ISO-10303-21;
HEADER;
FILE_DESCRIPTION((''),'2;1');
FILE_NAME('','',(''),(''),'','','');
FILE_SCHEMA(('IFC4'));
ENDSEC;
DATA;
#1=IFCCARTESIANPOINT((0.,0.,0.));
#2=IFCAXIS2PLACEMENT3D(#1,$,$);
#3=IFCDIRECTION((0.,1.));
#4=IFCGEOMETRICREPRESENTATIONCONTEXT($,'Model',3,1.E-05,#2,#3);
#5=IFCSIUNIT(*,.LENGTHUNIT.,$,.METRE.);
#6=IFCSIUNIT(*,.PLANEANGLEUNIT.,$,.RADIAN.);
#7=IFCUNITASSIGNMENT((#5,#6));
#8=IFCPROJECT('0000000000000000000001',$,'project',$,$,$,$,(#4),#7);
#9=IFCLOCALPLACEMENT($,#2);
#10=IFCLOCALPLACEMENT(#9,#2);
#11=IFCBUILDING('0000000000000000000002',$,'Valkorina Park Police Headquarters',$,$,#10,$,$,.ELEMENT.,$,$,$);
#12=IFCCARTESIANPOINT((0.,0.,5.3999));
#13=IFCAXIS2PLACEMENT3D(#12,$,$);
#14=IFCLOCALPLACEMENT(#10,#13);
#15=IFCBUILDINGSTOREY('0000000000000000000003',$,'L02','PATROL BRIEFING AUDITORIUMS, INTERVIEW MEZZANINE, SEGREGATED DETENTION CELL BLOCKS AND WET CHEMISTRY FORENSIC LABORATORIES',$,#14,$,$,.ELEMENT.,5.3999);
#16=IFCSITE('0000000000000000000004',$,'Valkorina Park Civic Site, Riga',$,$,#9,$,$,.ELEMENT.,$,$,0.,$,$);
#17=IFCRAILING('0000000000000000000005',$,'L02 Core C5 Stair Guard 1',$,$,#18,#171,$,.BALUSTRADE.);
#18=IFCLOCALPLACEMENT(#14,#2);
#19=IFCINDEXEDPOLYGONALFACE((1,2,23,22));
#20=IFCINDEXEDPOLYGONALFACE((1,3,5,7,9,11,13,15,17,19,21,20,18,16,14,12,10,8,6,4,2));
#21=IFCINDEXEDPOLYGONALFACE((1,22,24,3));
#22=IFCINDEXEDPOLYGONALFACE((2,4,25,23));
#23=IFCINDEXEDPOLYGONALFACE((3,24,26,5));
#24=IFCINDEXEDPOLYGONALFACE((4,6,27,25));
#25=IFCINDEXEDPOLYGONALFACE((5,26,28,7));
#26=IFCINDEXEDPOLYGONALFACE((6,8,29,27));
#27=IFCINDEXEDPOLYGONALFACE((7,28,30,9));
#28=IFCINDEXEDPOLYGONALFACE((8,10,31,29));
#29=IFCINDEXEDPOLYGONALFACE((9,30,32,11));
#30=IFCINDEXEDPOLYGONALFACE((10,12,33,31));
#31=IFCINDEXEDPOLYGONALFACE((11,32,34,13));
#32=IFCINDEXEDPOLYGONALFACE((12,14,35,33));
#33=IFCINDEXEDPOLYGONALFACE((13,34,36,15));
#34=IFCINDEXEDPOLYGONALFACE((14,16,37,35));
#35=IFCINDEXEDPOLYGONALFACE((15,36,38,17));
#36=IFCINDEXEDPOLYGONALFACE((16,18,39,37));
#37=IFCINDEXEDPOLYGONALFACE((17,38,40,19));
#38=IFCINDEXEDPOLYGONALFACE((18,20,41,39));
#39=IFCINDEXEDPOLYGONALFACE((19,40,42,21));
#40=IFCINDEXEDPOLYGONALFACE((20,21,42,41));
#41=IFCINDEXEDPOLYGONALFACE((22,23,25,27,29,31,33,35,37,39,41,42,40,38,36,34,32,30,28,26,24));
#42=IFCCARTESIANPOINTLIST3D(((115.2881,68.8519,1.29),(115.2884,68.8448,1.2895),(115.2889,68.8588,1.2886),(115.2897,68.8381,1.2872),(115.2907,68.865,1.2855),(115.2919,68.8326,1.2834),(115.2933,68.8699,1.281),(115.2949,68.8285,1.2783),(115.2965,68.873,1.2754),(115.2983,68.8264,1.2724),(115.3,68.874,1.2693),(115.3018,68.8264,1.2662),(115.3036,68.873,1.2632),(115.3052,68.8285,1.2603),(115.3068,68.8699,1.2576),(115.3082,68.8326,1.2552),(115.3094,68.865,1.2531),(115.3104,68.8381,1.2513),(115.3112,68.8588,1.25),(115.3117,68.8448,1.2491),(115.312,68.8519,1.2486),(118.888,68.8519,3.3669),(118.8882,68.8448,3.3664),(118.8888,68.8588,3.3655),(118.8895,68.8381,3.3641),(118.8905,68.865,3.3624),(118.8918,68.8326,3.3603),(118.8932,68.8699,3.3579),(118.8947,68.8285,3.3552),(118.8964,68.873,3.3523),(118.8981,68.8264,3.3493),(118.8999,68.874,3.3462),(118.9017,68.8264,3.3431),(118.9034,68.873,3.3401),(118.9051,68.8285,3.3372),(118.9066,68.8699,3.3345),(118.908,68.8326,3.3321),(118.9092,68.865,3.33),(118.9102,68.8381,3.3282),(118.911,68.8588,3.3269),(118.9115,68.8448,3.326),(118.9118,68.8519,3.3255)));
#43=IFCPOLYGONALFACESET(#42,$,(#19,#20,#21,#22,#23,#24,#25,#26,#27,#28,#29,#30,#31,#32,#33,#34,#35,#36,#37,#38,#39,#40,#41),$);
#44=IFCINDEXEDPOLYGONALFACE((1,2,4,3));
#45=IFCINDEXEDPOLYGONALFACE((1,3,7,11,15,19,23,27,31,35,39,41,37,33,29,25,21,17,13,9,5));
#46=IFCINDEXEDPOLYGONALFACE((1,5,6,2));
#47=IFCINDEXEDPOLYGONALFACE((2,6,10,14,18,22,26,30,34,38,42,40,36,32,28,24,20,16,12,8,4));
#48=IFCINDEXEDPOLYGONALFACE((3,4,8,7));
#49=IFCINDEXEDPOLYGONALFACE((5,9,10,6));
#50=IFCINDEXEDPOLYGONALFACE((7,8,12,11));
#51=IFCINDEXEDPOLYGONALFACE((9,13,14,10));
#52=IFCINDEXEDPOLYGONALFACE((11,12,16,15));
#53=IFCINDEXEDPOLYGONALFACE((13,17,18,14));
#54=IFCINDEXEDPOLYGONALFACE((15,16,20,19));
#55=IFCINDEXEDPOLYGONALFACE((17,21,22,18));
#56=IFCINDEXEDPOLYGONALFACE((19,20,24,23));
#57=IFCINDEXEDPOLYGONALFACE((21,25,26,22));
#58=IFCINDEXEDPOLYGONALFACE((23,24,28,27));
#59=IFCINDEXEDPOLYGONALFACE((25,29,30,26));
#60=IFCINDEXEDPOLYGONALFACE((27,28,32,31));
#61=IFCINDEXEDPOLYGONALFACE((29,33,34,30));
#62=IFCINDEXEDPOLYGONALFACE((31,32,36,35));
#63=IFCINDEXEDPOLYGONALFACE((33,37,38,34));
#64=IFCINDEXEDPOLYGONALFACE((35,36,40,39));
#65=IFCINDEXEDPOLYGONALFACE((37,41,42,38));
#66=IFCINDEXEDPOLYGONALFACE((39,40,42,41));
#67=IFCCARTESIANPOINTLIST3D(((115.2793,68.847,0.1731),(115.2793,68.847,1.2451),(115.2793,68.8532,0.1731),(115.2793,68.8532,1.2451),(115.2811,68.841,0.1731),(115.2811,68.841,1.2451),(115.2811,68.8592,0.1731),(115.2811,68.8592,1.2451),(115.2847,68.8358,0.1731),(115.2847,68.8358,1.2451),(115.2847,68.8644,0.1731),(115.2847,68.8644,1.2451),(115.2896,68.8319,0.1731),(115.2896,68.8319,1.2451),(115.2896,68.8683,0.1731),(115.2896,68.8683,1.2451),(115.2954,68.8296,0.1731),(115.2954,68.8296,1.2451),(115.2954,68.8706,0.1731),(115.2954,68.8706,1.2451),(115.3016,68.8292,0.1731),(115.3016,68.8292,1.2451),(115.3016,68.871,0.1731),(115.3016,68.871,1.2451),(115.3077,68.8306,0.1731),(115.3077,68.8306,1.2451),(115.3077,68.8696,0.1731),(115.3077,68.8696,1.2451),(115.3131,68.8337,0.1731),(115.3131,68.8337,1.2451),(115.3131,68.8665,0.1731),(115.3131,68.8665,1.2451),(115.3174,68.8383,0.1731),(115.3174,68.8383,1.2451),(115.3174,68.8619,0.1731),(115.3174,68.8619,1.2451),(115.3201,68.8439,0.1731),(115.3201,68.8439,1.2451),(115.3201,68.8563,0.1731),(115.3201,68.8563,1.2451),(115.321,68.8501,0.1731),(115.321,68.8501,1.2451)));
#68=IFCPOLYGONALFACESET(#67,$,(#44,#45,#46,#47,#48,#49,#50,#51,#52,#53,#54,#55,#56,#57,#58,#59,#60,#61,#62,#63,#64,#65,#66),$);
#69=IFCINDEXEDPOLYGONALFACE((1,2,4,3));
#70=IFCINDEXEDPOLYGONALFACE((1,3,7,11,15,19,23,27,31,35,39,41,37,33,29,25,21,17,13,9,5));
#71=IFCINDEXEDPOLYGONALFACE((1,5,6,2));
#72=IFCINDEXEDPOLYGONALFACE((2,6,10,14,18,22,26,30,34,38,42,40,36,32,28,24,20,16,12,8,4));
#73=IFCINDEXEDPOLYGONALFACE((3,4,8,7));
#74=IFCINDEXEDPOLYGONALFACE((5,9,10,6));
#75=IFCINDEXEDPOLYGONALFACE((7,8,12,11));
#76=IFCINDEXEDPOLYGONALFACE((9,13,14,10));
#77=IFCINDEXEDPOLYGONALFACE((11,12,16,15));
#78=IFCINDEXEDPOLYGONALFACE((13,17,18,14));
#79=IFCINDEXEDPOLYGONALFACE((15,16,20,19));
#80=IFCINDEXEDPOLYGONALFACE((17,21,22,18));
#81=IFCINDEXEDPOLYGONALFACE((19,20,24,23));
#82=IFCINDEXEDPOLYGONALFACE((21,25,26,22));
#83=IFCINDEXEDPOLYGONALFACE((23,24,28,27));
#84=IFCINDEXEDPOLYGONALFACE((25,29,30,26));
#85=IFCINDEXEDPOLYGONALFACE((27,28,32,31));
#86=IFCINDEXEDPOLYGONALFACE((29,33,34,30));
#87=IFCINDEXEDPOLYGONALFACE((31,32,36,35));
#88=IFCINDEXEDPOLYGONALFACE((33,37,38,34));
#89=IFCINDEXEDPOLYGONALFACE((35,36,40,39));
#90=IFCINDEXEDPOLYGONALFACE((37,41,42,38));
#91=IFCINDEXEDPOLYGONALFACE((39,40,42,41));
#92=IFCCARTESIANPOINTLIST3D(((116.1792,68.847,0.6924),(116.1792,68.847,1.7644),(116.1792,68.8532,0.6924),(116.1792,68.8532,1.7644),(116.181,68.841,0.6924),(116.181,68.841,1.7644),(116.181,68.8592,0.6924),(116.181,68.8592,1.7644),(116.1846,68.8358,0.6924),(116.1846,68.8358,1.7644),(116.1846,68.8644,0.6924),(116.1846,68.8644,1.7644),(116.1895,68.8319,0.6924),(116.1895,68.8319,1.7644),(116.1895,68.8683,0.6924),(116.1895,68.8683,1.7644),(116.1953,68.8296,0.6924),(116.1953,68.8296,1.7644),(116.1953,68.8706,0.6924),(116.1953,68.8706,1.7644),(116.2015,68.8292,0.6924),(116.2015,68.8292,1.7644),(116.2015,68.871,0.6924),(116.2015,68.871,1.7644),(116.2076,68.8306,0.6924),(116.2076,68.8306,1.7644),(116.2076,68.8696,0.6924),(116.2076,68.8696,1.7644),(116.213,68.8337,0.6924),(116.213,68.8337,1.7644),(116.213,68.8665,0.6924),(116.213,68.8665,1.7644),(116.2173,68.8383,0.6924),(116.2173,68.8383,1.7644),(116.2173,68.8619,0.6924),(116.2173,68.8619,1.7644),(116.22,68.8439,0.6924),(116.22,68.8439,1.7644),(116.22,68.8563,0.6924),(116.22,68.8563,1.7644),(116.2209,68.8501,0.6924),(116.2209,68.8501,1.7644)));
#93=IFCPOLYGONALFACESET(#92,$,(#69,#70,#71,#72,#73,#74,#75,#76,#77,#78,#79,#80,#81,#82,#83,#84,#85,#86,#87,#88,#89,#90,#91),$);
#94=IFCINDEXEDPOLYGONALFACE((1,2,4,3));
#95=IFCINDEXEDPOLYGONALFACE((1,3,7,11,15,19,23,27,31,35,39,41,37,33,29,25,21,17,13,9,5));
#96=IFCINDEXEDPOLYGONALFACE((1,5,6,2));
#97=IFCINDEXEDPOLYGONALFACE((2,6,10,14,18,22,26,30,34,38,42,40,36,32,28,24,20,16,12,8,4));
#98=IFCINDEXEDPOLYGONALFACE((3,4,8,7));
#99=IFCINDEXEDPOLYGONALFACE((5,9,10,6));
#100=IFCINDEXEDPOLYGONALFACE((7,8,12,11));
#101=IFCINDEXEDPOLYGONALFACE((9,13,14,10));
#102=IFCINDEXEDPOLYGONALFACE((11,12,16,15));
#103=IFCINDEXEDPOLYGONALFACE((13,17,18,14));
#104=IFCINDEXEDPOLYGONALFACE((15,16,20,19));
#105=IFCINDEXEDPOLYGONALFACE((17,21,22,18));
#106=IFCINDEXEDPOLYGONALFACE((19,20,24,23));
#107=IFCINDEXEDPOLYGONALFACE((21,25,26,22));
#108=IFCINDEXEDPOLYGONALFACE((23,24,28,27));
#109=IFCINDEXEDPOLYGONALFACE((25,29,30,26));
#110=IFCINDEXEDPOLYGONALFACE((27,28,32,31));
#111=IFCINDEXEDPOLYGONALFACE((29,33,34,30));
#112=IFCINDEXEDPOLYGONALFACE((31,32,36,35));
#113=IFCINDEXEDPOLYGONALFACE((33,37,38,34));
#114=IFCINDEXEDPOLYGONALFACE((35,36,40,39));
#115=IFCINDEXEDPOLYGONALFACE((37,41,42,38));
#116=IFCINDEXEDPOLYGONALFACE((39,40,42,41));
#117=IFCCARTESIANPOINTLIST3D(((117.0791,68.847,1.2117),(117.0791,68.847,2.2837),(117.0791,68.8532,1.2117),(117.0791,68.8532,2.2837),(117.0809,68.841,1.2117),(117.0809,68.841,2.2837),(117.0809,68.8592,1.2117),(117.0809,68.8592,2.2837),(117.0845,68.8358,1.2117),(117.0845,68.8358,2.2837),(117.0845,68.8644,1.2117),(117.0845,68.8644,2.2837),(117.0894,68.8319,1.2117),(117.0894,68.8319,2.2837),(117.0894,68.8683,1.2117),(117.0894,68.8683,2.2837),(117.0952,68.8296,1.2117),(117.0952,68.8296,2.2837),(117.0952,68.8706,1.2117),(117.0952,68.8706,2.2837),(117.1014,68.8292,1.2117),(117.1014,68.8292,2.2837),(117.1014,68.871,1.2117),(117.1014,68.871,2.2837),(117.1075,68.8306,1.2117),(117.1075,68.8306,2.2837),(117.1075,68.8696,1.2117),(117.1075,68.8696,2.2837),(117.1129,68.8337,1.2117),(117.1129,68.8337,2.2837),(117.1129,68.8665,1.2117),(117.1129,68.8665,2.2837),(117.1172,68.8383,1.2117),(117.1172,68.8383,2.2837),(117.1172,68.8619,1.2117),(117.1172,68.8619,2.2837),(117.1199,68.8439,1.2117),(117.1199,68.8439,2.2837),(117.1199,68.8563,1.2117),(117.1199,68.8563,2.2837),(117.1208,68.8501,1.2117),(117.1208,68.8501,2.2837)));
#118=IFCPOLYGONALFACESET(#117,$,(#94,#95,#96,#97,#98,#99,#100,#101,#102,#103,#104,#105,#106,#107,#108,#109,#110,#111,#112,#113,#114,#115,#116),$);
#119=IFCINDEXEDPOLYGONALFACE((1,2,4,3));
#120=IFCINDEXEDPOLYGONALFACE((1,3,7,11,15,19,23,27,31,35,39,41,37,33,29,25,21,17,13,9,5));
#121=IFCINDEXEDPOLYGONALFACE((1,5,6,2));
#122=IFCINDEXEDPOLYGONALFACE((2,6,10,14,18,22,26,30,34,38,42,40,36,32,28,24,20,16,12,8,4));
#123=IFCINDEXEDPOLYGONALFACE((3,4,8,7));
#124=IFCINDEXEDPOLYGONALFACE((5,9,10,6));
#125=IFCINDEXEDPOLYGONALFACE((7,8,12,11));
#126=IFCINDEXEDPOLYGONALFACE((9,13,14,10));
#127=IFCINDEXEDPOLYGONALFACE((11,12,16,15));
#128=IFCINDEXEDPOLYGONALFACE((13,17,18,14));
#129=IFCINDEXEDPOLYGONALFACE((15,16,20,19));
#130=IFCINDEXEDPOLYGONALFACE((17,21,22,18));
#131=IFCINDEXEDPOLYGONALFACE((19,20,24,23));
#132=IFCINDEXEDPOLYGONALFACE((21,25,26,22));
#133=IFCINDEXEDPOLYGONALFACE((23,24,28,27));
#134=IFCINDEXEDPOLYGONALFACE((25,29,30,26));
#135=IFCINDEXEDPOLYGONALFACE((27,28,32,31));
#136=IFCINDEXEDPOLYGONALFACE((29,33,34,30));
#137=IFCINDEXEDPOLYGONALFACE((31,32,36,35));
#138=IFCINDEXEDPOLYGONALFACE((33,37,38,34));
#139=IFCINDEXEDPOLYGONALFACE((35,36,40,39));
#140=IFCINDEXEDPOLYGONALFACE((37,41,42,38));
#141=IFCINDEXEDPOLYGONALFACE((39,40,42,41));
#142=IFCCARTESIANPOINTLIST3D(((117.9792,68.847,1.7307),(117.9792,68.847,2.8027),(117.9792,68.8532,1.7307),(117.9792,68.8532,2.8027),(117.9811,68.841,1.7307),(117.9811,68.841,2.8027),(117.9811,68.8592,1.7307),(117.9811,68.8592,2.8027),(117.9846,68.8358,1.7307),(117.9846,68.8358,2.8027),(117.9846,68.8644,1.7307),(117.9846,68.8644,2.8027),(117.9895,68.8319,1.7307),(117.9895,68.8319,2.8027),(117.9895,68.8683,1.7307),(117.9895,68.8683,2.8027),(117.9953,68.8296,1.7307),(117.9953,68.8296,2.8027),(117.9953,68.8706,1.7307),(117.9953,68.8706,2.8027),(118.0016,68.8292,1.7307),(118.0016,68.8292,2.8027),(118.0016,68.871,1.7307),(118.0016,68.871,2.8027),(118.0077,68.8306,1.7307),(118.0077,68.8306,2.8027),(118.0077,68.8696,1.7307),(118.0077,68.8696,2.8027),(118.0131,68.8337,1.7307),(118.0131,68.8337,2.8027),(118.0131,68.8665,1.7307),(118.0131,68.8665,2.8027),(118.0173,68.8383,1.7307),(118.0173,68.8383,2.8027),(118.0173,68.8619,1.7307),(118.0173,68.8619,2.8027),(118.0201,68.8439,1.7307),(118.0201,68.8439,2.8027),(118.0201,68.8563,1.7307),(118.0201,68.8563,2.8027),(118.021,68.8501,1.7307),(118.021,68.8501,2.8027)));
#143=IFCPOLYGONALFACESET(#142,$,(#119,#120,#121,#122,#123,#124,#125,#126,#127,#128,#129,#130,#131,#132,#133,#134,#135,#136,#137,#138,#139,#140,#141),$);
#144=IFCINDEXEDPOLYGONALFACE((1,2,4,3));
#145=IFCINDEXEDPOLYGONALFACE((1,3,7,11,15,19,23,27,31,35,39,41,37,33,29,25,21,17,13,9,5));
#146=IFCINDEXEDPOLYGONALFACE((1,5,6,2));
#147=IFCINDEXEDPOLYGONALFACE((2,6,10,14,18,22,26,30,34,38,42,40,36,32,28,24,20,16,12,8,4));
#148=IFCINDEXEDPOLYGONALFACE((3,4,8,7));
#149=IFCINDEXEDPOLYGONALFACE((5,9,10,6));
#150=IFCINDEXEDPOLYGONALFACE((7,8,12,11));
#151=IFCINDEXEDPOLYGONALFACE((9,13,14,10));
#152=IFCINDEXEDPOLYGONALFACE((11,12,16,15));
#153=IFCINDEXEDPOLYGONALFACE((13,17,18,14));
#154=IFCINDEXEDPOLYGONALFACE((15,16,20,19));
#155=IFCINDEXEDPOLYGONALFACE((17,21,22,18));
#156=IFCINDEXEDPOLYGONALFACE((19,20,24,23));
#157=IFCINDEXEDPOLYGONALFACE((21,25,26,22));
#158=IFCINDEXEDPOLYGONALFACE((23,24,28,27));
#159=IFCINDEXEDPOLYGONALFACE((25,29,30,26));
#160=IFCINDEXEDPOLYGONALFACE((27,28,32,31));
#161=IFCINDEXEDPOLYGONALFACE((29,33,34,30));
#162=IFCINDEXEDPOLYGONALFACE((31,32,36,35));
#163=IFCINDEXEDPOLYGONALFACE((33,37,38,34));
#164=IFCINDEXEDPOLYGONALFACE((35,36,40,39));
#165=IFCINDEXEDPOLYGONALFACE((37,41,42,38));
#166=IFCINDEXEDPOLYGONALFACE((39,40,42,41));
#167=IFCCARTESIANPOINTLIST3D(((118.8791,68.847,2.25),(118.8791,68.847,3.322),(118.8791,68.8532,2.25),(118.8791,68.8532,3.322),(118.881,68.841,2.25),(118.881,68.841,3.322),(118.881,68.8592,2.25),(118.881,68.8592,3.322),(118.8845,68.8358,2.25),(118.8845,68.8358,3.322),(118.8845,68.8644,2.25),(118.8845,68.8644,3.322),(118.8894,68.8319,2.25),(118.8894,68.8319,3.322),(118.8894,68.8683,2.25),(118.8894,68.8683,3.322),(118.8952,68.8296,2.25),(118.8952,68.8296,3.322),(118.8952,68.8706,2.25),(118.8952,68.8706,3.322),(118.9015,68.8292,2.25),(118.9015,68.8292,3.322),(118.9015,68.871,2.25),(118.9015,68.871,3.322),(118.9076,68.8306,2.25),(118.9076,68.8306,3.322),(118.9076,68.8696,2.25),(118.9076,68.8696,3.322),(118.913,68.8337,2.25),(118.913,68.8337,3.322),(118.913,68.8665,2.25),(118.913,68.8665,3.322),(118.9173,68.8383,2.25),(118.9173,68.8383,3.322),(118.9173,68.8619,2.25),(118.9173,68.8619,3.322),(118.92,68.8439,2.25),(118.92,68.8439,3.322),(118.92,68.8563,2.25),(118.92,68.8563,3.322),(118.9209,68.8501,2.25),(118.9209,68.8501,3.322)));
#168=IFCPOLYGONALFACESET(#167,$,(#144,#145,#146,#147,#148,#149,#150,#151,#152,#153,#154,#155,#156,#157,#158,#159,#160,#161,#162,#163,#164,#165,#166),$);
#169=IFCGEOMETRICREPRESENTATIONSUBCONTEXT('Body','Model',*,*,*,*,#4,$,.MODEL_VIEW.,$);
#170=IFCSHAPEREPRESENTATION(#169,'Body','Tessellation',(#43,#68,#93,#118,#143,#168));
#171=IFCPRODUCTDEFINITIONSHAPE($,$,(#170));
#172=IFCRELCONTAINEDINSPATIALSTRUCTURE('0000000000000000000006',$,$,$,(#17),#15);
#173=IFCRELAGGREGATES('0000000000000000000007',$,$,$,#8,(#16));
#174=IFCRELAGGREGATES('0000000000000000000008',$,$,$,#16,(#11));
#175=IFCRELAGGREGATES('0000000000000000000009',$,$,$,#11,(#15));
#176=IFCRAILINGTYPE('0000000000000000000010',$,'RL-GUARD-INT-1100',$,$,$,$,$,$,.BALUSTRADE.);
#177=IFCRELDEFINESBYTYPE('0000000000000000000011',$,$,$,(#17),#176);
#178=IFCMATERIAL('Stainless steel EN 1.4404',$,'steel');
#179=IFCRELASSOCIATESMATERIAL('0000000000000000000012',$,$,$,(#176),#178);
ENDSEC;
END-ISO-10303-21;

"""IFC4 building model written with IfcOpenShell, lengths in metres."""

from ifc_helpers import new_model, si_unit, direction, frame, origin, origin_2d, place, context, subcontext, project, spatial, circle, extrude, material, type_object, element, save


model = new_model("IFC4")

# Units and contexts
model_context = context("Model", 3, precision=1e-05, world=origin(), true_north=direction((0.0, 1.0)))
body_context = subcontext(model_context, "Body", "Model", "MODEL_VIEW")
ifc_project = project(units=[si_unit("LENGTHUNIT", "METRE"), si_unit("PLANEANGLEUNIT", "RADIAN")], contexts=[model_context])

# Site, building, storey
site_placement = place(None, origin())
site = spatial("IfcSite", under=ifc_project, at=site_placement, Name="Valkorina Park Civic Site, Riga", CompositionType="ELEMENT", RefElevation=0.0)
building_placement = place(site_placement, origin())
building = spatial("IfcBuilding", under=site, at=building_placement, Name="Valkorina Park Police Headquarters", CompositionType="ELEMENT")
storey_placement = place(building_placement, frame((0.0, 0.0, 5.3999)))
storey = spatial("IfcBuildingStorey", under=building, at=storey_placement, Name="L02", Description="PATROL BRIEFING AUDITORIUMS, INTERVIEW MEZZANINE, SEGREGATED DETENTION CELL BLOCKS AND WET CHEMISTRY FORENSIC LABORATORIES", CompositionType="ELEMENT", Elevation=5.3999)

# Railing
ifc_material_1 = material(Name="Stainless steel EN 1.4404", Category="steel")
railing_type_1 = type_object("IfcRailingType", Name="RL-GUARD-INT-1100", PredefinedType="BALUSTRADE", material=ifc_material_1)
railing_1_placement = place(storey_placement, frame((115.3, 68.8501, 0.1731)))
element("IfcRailing", 1, at=railing_1_placement, inside=storey, type_object=railing_type_1, Name="L02 Core C5 Stair Guard 1", PredefinedType="BALUSTRADE", context=body_context, shape_type="SweptSolid", body=[
    extrude(circle(Radius=0.0239, at=origin_2d()), frame((0.0, 0.0, 1.0962), z_axis=(0.866179, 0.0, 0.499734), x_axis=(0.0, 1.0, 0.0)), (0.0, 0.0, 1.0), 4.156),
    extrude(circle(Radius=0.021, at=origin_2d()), origin(), (0.0, 0.0, 1.0), 1.072),
    extrude(circle(Radius=0.021, at=origin_2d()), frame((0.8999, 0.0, 0.5193)), (0.0, 0.0, 1.0), 1.072),
    extrude(circle(Radius=0.021, at=origin_2d()), frame((1.7998, 0.0, 1.0386)), (0.0, 0.0, 1.0), 1.072),
    extrude(circle(Radius=0.021, at=origin_2d()), frame((2.7, 0.0, 1.5576)), (0.0, 0.0, 1.0), 1.072),
    extrude(circle(Radius=0.021, at=origin_2d()), frame((3.5999, 0.0, 2.0769)), (0.0, 0.0, 1.0), 1.072),
])

save(model, "model.ifc")
